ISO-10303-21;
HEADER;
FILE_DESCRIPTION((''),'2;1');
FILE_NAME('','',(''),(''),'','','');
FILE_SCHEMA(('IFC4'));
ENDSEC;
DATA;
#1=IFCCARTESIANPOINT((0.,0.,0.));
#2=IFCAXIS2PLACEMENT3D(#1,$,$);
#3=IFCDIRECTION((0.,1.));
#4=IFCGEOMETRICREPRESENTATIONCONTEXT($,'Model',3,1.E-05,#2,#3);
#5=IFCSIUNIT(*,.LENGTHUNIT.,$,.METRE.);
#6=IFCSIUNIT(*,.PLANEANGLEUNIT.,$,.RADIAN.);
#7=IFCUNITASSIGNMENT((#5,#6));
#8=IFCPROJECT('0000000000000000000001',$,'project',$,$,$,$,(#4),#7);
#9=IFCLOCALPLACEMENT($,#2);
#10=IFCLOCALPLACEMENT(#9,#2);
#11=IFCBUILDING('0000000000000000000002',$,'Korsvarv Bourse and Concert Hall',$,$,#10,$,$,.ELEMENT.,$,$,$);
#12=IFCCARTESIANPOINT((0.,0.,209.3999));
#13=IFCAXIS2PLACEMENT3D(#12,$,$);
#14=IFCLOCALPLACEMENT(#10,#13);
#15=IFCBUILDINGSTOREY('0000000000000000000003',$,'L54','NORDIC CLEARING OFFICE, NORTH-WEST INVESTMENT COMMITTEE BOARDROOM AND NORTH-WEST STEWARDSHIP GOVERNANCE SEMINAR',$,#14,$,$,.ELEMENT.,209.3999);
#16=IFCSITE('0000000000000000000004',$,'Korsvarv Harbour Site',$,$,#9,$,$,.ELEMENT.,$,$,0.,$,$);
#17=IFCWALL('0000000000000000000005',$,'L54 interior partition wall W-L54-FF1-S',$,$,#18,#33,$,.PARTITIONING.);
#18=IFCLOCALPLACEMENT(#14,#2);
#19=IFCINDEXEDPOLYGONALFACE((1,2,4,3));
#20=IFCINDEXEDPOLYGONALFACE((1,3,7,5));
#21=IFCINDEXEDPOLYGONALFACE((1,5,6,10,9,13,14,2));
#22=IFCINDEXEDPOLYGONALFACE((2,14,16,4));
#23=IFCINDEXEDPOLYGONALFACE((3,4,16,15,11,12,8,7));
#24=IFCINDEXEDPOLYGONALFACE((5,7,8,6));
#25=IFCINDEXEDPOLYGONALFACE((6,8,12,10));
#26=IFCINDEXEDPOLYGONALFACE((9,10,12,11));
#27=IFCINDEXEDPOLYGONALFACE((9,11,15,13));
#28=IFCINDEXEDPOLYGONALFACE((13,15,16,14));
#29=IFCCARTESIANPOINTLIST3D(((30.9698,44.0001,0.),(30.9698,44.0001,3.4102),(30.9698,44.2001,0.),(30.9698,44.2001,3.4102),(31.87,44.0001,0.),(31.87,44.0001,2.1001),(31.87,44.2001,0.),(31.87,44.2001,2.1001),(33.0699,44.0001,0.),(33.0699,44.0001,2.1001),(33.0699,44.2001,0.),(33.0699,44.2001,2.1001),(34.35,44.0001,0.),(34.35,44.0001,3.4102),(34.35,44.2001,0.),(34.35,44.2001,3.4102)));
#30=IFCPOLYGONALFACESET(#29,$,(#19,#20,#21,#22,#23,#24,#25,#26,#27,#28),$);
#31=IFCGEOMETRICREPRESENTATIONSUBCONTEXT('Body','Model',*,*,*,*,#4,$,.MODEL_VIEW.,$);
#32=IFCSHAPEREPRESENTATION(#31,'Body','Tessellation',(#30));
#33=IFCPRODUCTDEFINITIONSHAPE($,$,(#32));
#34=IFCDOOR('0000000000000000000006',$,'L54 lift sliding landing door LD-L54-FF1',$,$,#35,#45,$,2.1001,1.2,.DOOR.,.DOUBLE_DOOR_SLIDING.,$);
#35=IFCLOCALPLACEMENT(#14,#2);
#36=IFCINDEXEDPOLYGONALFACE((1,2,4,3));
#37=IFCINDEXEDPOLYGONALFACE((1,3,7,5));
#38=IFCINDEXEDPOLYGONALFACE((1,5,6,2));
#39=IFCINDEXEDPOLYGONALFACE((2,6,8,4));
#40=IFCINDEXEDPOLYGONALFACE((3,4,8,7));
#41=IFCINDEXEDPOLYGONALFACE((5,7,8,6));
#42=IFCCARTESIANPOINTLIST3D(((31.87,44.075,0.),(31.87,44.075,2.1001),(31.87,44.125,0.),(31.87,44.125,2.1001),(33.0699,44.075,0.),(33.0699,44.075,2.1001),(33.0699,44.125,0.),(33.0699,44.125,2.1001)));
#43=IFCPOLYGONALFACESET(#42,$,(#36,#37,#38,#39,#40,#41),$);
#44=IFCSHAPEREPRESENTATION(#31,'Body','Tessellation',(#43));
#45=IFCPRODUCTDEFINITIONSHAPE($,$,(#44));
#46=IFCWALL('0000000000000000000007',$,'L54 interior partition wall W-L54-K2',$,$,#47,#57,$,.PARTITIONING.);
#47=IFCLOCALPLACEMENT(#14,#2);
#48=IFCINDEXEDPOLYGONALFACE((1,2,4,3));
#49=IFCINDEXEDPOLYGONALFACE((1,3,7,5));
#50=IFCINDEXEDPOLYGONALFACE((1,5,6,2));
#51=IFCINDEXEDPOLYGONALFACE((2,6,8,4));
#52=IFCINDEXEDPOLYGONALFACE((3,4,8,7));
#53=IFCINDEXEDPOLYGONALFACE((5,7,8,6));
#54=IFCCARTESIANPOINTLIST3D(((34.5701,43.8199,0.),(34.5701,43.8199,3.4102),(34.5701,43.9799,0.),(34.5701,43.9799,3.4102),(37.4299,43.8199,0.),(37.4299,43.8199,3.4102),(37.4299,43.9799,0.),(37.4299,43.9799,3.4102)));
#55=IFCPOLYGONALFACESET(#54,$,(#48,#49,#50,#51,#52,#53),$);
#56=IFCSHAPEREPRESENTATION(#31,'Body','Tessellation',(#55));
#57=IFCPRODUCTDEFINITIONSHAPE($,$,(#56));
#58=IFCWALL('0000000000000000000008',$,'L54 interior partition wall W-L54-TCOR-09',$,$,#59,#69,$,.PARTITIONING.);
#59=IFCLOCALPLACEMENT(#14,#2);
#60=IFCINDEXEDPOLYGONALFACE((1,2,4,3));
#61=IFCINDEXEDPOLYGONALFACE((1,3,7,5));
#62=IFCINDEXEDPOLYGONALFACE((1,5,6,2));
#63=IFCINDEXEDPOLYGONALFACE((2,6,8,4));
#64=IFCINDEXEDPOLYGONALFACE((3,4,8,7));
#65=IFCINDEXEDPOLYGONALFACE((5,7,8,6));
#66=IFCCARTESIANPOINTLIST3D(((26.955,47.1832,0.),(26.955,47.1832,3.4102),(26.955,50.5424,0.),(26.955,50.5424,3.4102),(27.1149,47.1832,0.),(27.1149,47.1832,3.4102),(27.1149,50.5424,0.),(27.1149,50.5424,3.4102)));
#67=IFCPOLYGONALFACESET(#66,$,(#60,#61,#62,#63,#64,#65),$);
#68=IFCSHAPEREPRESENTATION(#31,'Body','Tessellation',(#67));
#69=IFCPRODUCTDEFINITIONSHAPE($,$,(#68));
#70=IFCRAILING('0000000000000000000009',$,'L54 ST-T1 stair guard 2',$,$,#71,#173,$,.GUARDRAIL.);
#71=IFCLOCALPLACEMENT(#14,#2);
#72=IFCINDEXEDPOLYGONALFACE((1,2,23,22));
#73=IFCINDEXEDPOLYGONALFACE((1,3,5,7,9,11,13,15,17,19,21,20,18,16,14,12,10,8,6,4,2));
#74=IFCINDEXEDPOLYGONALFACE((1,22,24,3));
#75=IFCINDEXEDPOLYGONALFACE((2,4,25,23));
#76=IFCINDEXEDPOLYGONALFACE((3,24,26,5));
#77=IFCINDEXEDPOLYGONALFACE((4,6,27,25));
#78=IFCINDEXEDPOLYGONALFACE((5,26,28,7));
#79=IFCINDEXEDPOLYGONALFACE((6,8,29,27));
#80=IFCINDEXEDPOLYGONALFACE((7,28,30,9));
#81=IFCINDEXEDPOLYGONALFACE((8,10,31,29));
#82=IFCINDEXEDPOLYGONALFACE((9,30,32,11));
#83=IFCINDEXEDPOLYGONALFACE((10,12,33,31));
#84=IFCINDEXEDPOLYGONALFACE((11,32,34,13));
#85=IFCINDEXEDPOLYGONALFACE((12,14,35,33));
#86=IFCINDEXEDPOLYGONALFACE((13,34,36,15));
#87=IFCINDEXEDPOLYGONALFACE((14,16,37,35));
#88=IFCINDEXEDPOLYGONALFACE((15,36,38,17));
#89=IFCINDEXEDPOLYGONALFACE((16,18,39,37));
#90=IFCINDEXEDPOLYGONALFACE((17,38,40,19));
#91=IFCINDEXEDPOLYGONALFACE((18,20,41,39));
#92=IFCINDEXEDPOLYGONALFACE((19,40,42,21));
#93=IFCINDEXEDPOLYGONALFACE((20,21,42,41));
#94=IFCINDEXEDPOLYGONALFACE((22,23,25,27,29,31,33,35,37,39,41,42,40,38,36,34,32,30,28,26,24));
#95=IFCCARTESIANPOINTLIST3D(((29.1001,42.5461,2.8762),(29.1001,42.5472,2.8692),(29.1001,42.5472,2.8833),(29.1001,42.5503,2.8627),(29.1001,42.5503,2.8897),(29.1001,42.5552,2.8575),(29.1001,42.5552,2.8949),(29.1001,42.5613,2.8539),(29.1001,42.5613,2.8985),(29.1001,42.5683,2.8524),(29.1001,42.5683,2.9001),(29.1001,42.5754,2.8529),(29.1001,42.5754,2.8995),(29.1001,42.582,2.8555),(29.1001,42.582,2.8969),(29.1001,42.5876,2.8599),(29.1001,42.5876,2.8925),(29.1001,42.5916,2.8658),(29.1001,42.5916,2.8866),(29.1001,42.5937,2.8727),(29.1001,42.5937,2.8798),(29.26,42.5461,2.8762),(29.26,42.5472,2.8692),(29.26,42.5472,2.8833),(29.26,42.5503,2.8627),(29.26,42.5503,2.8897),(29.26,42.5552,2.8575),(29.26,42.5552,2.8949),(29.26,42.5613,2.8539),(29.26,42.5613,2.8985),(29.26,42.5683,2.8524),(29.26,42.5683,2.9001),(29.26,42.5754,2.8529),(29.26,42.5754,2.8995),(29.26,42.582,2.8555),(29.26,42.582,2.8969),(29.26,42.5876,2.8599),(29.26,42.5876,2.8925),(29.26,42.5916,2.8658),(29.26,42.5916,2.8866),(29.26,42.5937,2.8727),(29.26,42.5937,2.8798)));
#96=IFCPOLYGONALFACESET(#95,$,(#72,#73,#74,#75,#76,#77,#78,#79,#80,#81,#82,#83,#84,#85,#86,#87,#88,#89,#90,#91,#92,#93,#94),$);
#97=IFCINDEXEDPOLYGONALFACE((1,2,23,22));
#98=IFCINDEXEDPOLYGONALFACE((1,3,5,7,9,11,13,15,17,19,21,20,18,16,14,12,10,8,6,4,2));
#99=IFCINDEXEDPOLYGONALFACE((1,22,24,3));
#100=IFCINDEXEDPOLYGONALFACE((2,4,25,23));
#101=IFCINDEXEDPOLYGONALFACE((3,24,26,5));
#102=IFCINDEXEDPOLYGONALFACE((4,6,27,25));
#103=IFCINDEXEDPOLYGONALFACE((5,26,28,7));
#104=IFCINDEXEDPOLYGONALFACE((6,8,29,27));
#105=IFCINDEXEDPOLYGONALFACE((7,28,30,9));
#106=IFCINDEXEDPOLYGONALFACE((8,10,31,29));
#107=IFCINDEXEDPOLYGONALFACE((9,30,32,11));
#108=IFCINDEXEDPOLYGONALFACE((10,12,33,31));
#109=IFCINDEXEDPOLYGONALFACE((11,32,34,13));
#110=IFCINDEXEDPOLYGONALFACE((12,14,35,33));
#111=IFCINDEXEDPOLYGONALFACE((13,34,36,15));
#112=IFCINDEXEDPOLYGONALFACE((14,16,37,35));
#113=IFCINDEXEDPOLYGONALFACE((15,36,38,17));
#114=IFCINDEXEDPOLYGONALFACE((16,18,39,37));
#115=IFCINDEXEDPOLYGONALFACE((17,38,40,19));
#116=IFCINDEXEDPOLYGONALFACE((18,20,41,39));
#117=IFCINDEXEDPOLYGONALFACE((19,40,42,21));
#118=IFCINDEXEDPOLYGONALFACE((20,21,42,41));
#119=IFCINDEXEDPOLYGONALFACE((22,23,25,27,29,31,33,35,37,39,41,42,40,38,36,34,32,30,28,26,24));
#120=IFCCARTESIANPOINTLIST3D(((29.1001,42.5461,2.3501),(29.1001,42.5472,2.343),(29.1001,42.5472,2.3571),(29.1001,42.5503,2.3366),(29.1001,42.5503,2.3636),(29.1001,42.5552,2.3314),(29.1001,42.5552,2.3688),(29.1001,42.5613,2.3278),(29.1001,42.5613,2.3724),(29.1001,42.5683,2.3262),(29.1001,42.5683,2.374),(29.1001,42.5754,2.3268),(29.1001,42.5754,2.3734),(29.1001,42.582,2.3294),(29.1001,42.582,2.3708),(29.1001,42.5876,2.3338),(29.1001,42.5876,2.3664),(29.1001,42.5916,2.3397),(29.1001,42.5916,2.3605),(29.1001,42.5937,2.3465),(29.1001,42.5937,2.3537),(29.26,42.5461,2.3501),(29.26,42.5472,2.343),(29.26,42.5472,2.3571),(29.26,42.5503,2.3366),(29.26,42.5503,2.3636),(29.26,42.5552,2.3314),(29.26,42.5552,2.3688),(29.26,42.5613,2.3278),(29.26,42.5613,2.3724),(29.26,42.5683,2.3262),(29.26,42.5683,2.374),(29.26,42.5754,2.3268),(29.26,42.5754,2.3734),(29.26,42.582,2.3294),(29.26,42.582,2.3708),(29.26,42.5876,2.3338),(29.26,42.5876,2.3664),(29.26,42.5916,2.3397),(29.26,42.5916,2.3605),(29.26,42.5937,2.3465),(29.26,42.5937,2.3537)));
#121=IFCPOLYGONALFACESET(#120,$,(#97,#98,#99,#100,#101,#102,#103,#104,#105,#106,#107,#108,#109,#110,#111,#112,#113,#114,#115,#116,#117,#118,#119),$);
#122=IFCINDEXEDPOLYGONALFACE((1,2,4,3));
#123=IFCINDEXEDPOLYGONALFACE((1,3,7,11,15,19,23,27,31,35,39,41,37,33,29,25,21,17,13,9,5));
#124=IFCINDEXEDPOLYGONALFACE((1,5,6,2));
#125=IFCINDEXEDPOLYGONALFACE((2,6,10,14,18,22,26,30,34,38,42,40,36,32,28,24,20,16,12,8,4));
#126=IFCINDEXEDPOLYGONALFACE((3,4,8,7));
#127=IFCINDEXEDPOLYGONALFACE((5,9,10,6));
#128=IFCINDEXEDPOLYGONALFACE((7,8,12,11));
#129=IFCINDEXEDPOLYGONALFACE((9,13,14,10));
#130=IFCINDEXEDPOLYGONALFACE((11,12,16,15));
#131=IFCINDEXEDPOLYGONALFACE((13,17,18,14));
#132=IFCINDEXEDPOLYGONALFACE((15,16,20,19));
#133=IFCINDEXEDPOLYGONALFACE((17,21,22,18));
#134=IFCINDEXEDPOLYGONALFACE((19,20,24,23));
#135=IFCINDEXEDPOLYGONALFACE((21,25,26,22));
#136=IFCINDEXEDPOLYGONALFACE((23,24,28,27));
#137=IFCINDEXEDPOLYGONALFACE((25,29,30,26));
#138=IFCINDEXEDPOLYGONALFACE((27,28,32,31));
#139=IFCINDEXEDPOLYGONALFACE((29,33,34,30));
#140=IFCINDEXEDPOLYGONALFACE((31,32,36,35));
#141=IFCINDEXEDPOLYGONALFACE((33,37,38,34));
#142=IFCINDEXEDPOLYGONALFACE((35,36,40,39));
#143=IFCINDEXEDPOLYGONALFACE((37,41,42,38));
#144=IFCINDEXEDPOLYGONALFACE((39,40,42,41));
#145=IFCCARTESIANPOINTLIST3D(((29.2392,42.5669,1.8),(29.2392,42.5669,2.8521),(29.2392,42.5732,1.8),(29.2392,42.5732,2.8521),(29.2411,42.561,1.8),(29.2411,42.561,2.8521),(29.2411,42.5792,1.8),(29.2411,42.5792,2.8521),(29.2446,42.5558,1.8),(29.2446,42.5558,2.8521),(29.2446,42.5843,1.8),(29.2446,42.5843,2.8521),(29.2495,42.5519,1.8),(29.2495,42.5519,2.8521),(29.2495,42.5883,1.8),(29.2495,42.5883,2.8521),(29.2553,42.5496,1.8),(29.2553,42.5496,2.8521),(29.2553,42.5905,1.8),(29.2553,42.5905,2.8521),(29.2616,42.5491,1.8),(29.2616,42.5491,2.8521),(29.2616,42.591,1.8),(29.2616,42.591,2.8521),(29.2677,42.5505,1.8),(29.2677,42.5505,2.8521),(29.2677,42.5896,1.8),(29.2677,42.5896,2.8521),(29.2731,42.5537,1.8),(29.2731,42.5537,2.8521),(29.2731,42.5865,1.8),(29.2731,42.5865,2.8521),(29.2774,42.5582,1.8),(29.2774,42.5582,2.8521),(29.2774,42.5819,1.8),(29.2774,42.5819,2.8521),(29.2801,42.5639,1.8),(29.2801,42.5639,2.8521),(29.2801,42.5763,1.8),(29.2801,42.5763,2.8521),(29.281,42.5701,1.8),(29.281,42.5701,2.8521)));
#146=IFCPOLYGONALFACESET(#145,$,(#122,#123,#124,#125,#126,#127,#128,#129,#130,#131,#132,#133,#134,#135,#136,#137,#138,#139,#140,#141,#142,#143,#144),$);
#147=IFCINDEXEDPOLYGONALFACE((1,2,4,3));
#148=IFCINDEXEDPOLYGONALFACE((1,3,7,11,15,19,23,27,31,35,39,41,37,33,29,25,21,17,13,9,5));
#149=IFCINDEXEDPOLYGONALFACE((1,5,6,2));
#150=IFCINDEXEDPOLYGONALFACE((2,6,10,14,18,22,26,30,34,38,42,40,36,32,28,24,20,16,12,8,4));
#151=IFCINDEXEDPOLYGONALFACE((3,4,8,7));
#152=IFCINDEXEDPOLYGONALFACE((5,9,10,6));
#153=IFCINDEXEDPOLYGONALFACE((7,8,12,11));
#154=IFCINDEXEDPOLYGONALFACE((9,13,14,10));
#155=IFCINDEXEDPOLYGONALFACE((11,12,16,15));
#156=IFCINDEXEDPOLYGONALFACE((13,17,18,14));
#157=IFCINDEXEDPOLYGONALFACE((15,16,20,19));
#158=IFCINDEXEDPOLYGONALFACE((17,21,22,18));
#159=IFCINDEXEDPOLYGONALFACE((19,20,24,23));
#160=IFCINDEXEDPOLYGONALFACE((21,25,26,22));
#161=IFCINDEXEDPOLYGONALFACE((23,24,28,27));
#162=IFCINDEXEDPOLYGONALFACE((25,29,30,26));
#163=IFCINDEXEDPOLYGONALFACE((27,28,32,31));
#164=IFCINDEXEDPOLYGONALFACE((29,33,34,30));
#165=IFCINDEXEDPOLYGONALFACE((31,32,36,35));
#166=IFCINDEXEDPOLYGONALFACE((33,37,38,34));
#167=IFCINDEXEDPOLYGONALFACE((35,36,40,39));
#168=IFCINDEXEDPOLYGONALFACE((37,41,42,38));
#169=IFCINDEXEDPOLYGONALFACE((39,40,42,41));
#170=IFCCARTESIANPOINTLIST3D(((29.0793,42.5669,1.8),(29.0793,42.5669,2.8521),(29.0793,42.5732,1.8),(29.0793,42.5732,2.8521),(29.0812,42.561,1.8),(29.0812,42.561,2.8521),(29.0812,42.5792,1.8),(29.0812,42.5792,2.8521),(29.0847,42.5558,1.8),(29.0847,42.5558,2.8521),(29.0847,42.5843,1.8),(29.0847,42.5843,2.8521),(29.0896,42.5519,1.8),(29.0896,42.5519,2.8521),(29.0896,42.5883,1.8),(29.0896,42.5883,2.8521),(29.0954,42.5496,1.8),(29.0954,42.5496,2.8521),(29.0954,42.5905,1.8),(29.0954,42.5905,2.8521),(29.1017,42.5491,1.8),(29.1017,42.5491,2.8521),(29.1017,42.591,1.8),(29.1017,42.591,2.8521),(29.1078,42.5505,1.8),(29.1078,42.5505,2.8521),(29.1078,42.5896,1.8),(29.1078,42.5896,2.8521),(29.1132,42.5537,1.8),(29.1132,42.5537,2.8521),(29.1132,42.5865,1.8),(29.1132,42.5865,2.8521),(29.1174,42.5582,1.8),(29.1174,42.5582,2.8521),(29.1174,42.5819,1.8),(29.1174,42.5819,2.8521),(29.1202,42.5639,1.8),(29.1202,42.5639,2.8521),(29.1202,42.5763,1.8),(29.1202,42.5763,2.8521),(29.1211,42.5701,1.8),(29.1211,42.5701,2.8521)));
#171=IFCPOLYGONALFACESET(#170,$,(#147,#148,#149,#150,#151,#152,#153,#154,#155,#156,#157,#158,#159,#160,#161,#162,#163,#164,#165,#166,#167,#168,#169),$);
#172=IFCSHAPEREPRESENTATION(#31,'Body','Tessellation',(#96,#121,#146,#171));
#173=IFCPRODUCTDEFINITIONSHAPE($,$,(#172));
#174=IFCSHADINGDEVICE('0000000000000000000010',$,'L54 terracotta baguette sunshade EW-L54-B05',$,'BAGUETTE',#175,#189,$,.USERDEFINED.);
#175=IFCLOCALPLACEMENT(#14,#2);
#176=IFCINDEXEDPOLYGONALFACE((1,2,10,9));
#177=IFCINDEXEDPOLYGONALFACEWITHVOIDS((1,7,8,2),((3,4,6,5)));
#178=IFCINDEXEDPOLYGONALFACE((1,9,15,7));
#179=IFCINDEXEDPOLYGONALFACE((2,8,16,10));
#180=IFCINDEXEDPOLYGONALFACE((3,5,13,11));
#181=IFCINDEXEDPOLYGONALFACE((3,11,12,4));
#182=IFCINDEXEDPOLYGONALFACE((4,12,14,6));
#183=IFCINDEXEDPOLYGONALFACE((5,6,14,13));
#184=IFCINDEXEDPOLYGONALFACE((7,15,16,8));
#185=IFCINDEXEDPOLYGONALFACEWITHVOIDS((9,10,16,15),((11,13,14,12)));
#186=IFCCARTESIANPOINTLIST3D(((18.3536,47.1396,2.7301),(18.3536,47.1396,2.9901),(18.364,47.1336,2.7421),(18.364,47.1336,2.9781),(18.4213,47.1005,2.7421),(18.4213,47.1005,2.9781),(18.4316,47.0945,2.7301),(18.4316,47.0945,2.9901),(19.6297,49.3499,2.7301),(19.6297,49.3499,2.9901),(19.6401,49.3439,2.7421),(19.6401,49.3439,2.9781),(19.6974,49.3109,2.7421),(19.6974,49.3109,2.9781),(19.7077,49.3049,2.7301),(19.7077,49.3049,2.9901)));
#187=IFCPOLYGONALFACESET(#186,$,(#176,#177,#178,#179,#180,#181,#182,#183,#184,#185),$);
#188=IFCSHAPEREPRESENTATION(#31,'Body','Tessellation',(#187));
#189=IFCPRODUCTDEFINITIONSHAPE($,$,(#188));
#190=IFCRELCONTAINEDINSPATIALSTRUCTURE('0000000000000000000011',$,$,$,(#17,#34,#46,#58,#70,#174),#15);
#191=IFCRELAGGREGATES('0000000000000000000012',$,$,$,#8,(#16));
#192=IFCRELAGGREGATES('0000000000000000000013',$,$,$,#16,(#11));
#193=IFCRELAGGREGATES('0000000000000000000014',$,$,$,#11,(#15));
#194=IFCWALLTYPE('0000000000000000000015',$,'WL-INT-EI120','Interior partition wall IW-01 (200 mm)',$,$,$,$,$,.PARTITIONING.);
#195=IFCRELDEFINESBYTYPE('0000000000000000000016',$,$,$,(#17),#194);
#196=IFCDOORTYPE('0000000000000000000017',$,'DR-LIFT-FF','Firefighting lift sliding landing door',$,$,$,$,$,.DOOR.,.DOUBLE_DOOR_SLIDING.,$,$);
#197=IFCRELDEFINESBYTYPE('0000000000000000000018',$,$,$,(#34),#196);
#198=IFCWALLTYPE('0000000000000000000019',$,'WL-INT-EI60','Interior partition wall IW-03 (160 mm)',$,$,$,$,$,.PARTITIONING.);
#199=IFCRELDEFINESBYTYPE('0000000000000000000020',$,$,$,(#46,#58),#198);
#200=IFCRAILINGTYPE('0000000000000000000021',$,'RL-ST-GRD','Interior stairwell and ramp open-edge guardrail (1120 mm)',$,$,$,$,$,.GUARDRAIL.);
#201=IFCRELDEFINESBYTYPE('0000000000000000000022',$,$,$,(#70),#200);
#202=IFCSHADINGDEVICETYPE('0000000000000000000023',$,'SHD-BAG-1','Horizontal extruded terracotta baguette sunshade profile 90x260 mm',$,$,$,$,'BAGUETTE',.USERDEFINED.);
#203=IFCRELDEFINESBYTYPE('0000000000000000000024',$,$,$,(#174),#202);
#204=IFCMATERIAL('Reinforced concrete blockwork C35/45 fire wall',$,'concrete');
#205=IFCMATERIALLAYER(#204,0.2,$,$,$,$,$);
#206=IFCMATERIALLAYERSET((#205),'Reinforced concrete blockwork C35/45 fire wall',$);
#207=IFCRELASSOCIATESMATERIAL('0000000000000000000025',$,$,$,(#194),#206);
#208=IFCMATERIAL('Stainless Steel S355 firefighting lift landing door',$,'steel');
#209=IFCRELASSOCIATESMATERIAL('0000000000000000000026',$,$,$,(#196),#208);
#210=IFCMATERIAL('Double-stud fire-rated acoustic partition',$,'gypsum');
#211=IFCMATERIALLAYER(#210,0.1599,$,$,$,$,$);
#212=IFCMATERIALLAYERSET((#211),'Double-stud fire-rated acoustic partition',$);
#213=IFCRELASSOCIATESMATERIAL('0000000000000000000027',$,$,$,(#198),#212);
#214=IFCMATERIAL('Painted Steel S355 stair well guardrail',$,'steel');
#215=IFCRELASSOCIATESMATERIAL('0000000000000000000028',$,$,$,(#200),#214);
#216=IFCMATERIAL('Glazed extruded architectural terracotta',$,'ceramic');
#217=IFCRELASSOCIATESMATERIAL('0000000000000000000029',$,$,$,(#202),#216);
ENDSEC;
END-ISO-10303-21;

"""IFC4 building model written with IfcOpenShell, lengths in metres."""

from ifc_helpers import new_model, si_unit, direction, frame, frame_2d, origin, origin_2d, place, context, subcontext, project, spatial, rectangle, hollow_rectangle, circle, extrude, source, transform, mapped, material, layer, layer_set, material_profile, profile_set, type_object, element, fill, save


model = new_model("IFC4")

# Units and contexts
model_context = context("Model", 3, precision=1e-05, world=origin(), true_north=direction((0.0, 1.0)))
body_context = subcontext(model_context, "Body", "Model", "MODEL_VIEW")
ifc_project = project(units=[si_unit("LENGTHUNIT", "METRE"), si_unit("PLANEANGLEUNIT", "RADIAN")], contexts=[model_context])

# Site, building, storey
site_placement = place(None, origin())
site = spatial("IfcSite", under=ifc_project, at=site_placement, Name="Korsvarv Harbour Site", CompositionType="ELEMENT", RefElevation=0.0)
building_placement = place(site_placement, origin())
building = spatial("IfcBuilding", under=site, at=building_placement, Name="Korsvarv Bourse and Concert Hall", CompositionType="ELEMENT")
storey_placement = place(building_placement, frame((0.0, 0.0, 209.3999)))
storey = spatial("IfcBuildingStorey", under=building, at=storey_placement, Name="L54", Description="NORDIC CLEARING OFFICE, NORTH-WEST INVESTMENT COMMITTEE BOARDROOM AND NORTH-WEST STEWARDSHIP GOVERNANCE SEMINAR", CompositionType="ELEMENT", Elevation=209.3999)

# Wall, opening, door
ifc_material_1 = material(Name="Reinforced concrete blockwork C35/45 fire wall", Category="concrete")
ifc_layer_1 = layer(ifc_material_1, 0.2)
ifc_layer_set_1 = layer_set([ifc_layer_1], Name="Reinforced concrete blockwork C35/45 fire wall")
wall_type_1 = type_object("IfcWallType", Name="WL-INT-EI120", Description="Interior partition wall IW-01 (200 mm)", PredefinedType="PARTITIONING", material=ifc_layer_set_1)
wall_1_placement = place(storey_placement, frame((30.97, 44.1001, 0.0), z_axis=(0.0, 0.0, 1.0), x_axis=(1.0, 0.0, 0.0)))
wall_1 = element("IfcWall", 1, at=wall_1_placement, inside=storey, type_object=wall_type_1, Name="L54 interior partition wall W-L54-FF1-S", PredefinedType="PARTITIONING", context=body_context, shape_type="SweptSolid", body=[
    extrude(rectangle(XDim=3.3801, YDim=0.2, at=frame_2d((1.6899, 0.0))), origin(), (0.0, 0.0, 1.0), 3.4102),
])
opening_1_placement = place(wall_1_placement, frame((0.8999, 0.0, 0.0)))
opening_1 = element("IfcOpeningElement", 2, at=opening_1_placement, cuts=wall_1, PredefinedType="OPENING", context=body_context, shape_type="SweptSolid", body=[
    extrude(rectangle(XDim=1.2, YDim=2.1001, at=frame_2d((0.6001, 1.05))), frame((0.0, 0.1099, 0.0), z_axis=(0.0, -1.0, 0.0), x_axis=(1.0, 0.0, 0.0)), (0.0, 0.0, 1.0), 0.22),
])
ifc_material_2 = material(Name="Stainless Steel S355 firefighting lift landing door", Category="steel")
door_type = type_object("IfcDoorType", Name="DR-LIFT-FF", Description="Firefighting lift sliding landing door", OperationType="DOUBLE_DOOR_SLIDING", PredefinedType="DOOR", material=ifc_material_2)
door_placement = place(opening_1_placement, origin())
door = element("IfcDoor", 3, at=door_placement, inside=storey, type_object=door_type, Name="L54 lift sliding landing door LD-L54-FF1", OperationType="DOUBLE_DOOR_SLIDING", OverallHeight=2.1001, OverallWidth=1.2, PredefinedType="DOOR", context=body_context, shape_type="SweptSolid", body=[
    extrude(rectangle(XDim=1.2, YDim=2.1001, at=frame_2d((0.6001, 1.05))), frame((0.0, 0.0249, 0.0), z_axis=(0.0, -1.0, 0.0), x_axis=(1.0, 0.0, 0.0)), (0.0, 0.0, 1.0), 0.05),
])
fill(opening_1, door)

# Walls
ifc_material_3 = material(Name="Double-stud fire-rated acoustic partition", Category="gypsum")
ifc_layer_2 = layer(ifc_material_3, 0.1599)
ifc_layer_set_2 = layer_set([ifc_layer_2], Name="Double-stud fire-rated acoustic partition")
wall_type_2 = type_object("IfcWallType", Name="WL-INT-EI60", Description="Interior partition wall IW-03 (160 mm)", PredefinedType="PARTITIONING", material=ifc_layer_set_2)
wall_2_placement = place(storey_placement, frame((34.5701, 43.8999, 0.0), z_axis=(0.0, 0.0, 1.0), x_axis=(1.0, 0.0, 0.0)))
element("IfcWall", 4, at=wall_2_placement, inside=storey, type_object=wall_type_2, Name="L54 interior partition wall W-L54-K2", PredefinedType="PARTITIONING", context=body_context, shape_type="SweptSolid", body=[
    extrude(rectangle(XDim=2.8599, YDim=0.1599, at=frame_2d((1.4299, 0.0))), origin(), (0.0, 0.0, 1.0), 3.4102),
])
wall_3_placement = place(storey_placement, frame((27.0349, 47.1831, 0.0), z_axis=(0.0, 0.0, 1.0), x_axis=(0.0, 1.0, 0.0)))
element("IfcWall", 5, at=wall_3_placement, inside=storey, type_object=wall_type_2, Name="L54 interior partition wall W-L54-TCOR-09", PredefinedType="PARTITIONING", context=body_context, shape_type="SweptSolid", body=[
    extrude(rectangle(XDim=3.3591, YDim=0.1599, at=frame_2d((1.6797, 0.0))), origin(), (0.0, 0.0, 1.0), 3.4102),
])

# Railing
ifc_material_4 = material(Name="Painted Steel S355 stair well guardrail", Category="steel")
railing_type = type_object("IfcRailingType", Name="RL-ST-GRD", Description="Interior stairwell and ramp open-edge guardrail (1120 mm)", PredefinedType="GUARDRAIL", material=ifc_material_4)
railing_placement = place(storey_placement, frame((29.26, 42.5701, 1.8)))
element("IfcRailing", 6, at=railing_placement, inside=storey, type_object=railing_type, Name="L54 ST-T1 stair guard 2", PredefinedType="GUARDRAIL", context=body_context, shape_type="SweptSolid", body=[
    extrude(circle(Radius=0.0239, at=origin_2d()), frame((0.0, 0.0, 1.0762), z_axis=(-1.0, 0.0, 0.0), x_axis=(0.0, -1.0, 0.0)), (0.0, 0.0, 1.0), 0.1599),
    extrude(circle(Radius=0.0239, at=origin_2d()), frame((0.0, 0.0, 0.55), z_axis=(-1.0, 0.0, 0.0), x_axis=(0.0, -1.0, 0.0)), (0.0, 0.0, 1.0), 0.1599),
    extrude(circle(Radius=0.021, at=origin_2d()), origin(), (0.0, 0.0, 1.0), 1.052),
    extrude(circle(Radius=0.021, at=origin_2d()), frame((-0.1599, 0.0, 0.0)), (0.0, 0.0, 1.0), 1.052),
])

# Shading device
ifc_material_5 = material(Name="Glazed extruded architectural terracotta", Category="ceramic")
ifc_material_profile_1 = material_profile(ifc_material_5, hollow_rectangle(XDim=0.0901, YDim=0.26, WallThickness=0.012, at=origin_2d()), Name="TC-BAG 90x260")
ifc_profile_set_1 = profile_set([ifc_material_profile_1], Name="Glazed extruded architectural terracotta")
shading_device_type = type_object("IfcShadingDeviceType", Name="SHD-BAG-1", Description="Horizontal extruded terracotta baguette sunshade profile 90x260 mm", ElementType="BAGUETTE", PredefinedType="USERDEFINED", material=ifc_profile_set_1)
shared_shape_1 = source(origin(), body_context, "Body", "SweptSolid", [
    extrude(hollow_rectangle(XDim=0.0901, YDim=0.26, WallThickness=0.012, at=origin_2d()), origin(), (0.0, 0.0, 1.0), 2.5522),
])
shading_device_1_placement = place(storey_placement, frame((19.6687, 49.3274, 2.8601), z_axis=(-0.499976, -0.866039, 0.0), x_axis=(0.866039, -0.499976, 0.0)))
element("IfcShadingDevice", 7, at=shading_device_1_placement, inside=storey, type_object=shading_device_type, Name="L54 terracotta baguette sunshade EW-L54-B05", ObjectType="BAGUETTE", PredefinedType="USERDEFINED", context=body_context, shape_type="MappedRepresentation", body=[
    mapped(shared_shape_1, transform((0.0, 0.0, 0.0), scale=1.0)),
])

save(model, "model.ifc")
